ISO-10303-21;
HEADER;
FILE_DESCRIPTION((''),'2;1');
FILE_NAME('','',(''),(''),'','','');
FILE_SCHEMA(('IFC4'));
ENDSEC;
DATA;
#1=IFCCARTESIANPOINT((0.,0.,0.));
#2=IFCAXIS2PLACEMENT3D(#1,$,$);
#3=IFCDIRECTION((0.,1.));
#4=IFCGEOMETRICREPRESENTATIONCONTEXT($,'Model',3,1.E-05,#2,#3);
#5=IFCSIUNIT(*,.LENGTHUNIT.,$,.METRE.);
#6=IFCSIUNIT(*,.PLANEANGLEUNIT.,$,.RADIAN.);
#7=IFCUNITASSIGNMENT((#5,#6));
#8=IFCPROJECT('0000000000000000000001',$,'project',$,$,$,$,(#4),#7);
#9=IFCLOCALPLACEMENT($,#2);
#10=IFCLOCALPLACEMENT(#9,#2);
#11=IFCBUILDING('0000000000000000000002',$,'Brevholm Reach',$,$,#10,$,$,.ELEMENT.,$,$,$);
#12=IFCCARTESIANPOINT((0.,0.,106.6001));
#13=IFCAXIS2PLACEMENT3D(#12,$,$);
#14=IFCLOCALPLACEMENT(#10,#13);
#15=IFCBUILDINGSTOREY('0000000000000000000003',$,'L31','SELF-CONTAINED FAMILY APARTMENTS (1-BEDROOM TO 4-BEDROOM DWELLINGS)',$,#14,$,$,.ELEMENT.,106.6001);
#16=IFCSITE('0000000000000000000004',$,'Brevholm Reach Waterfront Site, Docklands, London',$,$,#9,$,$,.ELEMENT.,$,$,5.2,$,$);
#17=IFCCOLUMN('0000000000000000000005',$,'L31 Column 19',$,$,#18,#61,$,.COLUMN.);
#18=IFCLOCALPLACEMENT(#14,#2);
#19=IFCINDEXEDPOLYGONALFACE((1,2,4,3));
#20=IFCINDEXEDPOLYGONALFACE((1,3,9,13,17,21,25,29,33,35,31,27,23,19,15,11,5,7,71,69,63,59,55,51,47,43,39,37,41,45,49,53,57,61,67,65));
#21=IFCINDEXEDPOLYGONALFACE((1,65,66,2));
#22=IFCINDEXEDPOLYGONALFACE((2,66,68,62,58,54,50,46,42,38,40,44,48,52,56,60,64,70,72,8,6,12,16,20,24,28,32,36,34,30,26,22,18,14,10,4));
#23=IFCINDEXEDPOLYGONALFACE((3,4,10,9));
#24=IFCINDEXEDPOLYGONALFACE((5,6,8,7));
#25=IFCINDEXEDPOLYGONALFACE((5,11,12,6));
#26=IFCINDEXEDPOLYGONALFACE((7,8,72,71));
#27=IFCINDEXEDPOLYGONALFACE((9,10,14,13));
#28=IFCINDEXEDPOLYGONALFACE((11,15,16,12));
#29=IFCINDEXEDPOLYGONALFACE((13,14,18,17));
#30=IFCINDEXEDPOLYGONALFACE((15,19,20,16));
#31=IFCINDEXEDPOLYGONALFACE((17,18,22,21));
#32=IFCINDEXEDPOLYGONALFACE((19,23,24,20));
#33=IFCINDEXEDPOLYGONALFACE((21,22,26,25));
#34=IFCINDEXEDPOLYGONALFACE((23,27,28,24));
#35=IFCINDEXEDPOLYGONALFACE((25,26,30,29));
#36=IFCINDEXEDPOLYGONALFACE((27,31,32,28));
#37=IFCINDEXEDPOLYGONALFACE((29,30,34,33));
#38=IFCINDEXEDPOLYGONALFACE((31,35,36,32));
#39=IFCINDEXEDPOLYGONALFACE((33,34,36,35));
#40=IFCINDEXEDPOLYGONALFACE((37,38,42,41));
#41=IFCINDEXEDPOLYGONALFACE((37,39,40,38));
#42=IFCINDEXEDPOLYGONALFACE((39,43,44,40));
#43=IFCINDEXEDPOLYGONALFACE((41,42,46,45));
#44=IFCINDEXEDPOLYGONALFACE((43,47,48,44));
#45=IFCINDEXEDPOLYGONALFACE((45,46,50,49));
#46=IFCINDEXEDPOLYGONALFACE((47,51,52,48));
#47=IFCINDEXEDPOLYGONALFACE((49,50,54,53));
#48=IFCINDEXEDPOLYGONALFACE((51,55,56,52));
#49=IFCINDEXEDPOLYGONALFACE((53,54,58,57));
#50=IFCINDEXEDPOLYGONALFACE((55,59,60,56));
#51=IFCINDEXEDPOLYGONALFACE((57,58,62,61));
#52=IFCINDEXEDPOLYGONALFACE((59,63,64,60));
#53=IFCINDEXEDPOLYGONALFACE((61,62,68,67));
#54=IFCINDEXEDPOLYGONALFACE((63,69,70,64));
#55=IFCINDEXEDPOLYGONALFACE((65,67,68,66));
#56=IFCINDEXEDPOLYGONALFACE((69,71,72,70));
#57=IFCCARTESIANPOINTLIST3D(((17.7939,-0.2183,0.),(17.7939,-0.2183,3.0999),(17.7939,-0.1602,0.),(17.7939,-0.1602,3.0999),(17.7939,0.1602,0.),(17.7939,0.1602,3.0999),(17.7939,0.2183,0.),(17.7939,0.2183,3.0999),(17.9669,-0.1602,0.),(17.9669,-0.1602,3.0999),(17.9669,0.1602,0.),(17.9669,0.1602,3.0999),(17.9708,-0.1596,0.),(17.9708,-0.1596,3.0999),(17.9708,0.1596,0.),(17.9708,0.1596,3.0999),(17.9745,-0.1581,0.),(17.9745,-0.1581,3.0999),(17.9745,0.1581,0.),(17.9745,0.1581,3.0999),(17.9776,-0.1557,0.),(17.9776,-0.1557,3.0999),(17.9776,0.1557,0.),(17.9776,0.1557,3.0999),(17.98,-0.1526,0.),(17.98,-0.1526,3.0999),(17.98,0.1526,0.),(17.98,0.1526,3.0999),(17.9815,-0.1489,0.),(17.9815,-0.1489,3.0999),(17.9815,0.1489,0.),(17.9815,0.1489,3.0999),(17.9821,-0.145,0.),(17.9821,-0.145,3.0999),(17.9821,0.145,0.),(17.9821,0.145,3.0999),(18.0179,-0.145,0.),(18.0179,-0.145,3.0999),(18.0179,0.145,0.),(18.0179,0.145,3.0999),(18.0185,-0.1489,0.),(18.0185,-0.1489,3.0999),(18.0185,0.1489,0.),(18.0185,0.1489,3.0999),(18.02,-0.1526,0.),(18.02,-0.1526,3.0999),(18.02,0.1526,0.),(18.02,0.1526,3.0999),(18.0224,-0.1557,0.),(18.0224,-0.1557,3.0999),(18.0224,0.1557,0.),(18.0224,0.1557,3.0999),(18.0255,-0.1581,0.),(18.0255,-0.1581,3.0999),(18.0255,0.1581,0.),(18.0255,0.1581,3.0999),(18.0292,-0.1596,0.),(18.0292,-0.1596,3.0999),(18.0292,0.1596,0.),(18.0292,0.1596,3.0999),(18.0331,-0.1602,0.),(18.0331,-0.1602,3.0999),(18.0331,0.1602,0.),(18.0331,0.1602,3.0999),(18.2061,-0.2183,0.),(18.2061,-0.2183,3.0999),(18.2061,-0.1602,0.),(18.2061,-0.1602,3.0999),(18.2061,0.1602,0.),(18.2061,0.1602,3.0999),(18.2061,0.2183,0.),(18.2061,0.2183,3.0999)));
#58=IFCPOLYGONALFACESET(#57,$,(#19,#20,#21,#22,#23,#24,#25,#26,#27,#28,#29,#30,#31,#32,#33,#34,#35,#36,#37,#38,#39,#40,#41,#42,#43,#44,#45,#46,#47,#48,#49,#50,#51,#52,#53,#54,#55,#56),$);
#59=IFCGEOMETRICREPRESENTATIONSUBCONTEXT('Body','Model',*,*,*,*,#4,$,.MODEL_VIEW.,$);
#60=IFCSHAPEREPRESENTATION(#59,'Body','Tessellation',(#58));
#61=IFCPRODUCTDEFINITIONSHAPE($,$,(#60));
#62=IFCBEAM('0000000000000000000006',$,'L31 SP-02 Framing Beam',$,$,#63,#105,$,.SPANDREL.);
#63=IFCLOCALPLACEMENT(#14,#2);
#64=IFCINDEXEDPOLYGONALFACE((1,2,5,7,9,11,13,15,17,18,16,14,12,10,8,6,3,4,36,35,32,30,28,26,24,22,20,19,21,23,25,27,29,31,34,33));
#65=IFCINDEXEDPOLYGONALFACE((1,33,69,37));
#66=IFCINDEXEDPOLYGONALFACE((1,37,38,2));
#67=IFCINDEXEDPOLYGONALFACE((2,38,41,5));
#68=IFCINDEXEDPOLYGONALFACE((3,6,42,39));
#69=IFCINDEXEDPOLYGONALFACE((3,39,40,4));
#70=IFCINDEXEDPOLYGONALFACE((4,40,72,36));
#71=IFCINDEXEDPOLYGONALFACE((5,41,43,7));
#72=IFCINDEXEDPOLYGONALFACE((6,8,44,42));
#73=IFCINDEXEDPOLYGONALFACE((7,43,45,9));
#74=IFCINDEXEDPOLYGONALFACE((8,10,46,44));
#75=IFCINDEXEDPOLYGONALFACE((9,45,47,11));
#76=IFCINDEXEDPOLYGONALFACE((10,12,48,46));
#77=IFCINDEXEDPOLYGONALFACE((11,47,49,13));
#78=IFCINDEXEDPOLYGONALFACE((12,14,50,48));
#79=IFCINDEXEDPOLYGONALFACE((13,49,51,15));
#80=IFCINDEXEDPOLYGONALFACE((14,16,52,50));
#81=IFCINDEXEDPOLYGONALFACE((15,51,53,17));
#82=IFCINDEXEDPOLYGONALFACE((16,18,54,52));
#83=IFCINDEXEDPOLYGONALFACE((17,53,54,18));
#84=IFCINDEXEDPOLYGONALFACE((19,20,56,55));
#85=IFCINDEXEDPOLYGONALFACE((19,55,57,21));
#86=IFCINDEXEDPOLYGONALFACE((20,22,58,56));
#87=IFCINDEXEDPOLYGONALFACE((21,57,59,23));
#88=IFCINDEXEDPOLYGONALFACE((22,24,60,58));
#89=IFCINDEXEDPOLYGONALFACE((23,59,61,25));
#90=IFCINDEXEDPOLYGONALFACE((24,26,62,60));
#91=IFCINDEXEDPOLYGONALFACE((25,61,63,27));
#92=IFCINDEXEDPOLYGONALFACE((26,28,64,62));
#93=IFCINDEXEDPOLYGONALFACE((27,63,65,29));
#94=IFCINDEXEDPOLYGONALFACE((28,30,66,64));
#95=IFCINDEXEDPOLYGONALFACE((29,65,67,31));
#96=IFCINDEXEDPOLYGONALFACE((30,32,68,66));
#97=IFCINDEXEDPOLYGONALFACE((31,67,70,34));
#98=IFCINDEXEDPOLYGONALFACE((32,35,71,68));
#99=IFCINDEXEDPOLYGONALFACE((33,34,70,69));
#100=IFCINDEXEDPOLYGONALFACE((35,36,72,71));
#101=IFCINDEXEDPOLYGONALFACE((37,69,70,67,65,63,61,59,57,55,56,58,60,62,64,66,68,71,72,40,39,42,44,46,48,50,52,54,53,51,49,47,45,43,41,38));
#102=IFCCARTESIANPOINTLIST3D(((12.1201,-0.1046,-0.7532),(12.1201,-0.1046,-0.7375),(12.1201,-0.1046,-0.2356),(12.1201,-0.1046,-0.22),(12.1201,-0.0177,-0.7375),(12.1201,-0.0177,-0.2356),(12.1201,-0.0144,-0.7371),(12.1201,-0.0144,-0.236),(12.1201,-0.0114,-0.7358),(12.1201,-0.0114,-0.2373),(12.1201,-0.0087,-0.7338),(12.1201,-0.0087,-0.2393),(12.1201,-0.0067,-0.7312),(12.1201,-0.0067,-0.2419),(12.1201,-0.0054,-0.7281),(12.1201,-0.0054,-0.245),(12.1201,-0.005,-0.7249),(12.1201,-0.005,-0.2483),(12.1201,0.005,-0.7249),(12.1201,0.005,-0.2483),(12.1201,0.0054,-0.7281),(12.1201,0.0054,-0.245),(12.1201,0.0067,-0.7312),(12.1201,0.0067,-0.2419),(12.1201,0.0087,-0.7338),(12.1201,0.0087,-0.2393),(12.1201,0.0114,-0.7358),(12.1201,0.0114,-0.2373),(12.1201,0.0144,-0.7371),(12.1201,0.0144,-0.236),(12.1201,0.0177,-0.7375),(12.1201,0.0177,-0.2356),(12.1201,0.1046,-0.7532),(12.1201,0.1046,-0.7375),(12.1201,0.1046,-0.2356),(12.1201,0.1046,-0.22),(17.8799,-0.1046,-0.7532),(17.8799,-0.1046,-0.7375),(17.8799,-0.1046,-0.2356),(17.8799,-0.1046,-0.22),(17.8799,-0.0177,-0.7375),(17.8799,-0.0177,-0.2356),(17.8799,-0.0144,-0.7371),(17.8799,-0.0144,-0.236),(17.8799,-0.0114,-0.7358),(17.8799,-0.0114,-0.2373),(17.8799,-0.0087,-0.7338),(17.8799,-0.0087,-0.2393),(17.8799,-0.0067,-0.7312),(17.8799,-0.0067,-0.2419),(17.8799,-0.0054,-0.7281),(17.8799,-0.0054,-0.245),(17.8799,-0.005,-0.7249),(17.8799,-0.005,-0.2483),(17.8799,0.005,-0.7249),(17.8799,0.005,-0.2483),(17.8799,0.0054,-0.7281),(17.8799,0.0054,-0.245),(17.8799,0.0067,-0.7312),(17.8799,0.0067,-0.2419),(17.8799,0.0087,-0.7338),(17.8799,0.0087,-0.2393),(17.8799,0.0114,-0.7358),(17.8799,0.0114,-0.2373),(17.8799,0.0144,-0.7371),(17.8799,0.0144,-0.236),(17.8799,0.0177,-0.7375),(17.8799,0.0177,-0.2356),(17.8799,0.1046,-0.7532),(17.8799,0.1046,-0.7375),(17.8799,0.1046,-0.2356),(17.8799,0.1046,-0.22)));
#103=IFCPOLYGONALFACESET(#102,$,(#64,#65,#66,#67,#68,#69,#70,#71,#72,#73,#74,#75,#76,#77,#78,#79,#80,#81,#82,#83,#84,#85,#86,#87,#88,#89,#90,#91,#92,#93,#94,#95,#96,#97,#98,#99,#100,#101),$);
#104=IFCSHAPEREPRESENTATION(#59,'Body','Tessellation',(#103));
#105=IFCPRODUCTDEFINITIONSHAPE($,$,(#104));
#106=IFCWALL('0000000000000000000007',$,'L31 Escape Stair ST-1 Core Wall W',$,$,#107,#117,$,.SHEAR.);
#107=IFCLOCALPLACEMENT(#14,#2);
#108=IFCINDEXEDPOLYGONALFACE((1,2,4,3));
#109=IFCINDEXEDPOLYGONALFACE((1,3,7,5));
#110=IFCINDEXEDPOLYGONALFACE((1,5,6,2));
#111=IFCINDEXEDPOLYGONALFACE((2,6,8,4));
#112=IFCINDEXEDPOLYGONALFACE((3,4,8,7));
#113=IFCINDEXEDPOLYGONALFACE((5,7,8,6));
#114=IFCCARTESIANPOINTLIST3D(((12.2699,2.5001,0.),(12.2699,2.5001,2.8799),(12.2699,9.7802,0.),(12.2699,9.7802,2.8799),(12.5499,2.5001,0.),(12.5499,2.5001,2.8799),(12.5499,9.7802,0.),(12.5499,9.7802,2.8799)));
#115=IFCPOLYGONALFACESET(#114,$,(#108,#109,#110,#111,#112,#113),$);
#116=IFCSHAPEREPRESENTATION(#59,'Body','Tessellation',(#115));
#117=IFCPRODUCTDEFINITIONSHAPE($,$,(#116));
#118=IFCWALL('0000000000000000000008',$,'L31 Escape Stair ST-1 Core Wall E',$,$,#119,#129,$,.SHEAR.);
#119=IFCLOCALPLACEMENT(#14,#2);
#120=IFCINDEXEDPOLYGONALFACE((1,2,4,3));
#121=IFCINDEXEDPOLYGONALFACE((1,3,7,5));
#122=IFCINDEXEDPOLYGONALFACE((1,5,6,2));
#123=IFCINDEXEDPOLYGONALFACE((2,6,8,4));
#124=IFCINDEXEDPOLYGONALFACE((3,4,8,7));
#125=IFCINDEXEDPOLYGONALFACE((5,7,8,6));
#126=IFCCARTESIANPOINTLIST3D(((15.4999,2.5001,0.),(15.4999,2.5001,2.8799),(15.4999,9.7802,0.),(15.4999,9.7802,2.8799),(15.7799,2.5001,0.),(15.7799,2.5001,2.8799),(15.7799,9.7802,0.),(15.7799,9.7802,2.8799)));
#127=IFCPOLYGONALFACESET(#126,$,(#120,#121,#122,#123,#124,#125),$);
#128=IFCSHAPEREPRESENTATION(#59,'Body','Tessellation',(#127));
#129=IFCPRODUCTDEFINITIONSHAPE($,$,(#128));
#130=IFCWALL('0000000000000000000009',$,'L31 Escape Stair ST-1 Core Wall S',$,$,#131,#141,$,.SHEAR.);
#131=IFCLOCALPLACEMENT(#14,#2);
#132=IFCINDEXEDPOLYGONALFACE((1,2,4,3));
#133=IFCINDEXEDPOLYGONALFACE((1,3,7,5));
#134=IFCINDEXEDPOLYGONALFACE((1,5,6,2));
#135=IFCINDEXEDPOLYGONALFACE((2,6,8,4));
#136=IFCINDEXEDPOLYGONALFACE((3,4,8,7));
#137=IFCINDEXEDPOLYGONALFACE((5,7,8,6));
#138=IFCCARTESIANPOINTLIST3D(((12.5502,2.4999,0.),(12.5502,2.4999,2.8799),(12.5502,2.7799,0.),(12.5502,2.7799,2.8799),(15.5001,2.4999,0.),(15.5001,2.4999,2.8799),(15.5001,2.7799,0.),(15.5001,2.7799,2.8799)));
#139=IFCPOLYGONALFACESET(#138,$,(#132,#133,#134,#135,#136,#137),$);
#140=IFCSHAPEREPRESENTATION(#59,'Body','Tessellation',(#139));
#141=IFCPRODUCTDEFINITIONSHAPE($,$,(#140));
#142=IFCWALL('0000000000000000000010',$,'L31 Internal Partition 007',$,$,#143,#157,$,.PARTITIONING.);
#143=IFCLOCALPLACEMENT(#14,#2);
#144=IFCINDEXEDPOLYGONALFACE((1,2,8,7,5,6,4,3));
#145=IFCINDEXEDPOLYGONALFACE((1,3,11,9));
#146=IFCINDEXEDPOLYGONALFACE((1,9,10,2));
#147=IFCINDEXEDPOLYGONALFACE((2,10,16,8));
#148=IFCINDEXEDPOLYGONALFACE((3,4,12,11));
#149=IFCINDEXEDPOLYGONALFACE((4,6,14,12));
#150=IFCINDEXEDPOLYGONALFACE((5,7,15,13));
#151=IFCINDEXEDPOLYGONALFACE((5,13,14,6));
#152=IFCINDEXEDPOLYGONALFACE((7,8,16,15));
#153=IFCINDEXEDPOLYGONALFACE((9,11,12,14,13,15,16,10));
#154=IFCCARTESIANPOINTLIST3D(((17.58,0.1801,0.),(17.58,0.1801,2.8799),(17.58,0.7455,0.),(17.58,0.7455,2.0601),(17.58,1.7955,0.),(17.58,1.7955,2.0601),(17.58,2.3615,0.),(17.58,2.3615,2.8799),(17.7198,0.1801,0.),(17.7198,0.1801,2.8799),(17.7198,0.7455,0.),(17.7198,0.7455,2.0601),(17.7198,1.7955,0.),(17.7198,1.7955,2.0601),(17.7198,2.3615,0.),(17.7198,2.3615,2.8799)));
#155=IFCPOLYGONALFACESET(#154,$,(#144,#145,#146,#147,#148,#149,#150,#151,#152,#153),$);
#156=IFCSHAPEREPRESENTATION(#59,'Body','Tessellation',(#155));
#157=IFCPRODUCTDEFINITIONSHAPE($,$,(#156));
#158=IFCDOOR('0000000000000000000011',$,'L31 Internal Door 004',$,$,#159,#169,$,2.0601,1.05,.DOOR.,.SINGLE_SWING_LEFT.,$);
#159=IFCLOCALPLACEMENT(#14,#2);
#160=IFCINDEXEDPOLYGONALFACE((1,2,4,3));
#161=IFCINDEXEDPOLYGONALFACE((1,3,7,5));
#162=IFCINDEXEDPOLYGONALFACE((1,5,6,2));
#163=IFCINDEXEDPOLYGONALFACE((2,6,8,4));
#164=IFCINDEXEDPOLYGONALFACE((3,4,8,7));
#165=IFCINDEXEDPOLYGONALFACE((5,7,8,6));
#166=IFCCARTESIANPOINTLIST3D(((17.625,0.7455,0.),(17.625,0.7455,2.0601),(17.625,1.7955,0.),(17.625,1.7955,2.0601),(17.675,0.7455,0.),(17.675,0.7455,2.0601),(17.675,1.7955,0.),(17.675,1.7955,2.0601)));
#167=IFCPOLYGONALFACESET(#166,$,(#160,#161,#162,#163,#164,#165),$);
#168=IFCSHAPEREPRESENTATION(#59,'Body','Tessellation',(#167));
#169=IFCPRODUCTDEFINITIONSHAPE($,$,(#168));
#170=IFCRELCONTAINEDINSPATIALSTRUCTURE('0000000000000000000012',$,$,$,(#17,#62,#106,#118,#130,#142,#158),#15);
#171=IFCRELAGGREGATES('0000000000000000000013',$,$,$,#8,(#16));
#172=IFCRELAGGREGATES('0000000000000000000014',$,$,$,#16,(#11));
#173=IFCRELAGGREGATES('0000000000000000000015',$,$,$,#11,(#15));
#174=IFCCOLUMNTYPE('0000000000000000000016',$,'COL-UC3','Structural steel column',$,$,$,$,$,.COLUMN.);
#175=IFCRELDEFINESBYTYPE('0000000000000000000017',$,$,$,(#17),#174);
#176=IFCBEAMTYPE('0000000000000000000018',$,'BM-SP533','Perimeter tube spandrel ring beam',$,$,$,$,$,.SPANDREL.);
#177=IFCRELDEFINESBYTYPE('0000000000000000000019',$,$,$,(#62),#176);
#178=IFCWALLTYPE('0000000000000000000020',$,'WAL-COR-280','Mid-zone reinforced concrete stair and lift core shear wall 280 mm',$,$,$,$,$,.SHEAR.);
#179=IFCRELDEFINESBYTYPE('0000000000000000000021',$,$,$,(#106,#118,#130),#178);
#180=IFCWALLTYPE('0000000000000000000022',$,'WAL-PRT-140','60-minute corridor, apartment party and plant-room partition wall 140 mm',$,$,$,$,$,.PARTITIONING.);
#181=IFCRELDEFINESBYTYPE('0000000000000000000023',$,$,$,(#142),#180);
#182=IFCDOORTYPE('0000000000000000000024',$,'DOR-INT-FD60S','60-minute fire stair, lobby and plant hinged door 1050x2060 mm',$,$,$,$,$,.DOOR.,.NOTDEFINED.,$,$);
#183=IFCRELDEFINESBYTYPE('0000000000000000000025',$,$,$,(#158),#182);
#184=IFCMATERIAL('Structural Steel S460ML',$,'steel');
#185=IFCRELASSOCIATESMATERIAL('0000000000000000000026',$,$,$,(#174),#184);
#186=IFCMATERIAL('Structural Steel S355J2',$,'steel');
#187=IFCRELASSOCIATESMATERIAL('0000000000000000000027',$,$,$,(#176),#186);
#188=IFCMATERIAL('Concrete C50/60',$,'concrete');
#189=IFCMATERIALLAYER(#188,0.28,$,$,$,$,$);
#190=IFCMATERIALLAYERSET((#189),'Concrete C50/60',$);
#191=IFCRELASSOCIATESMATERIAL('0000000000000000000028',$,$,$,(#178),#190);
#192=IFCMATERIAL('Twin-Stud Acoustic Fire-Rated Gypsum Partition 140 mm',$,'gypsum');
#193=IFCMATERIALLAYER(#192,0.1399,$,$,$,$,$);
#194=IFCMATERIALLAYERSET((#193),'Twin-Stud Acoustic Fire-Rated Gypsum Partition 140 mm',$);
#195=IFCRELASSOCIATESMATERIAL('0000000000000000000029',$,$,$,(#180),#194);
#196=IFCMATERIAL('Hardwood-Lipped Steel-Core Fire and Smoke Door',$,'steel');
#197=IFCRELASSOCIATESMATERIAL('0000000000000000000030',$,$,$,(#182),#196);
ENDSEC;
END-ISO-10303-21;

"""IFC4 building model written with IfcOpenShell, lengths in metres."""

from ifc_helpers import new_model, si_unit, direction, frame, frame_2d, origin, origin_2d, place, context, subcontext, project, spatial, rectangle, i_section, extrude, material, layer, layer_set, material_profile, profile_set, type_object, element, fill, save


model = new_model("IFC4")

# Units and contexts
model_context = context("Model", 3, precision=1e-05, world=origin(), true_north=direction((0.0, 1.0)))
body_context = subcontext(model_context, "Body", "Model", "MODEL_VIEW")
ifc_project = project(units=[si_unit("LENGTHUNIT", "METRE"), si_unit("PLANEANGLEUNIT", "RADIAN")], contexts=[model_context])

# Site, building, storey
site_placement = place(None, origin())
site = spatial("IfcSite", under=ifc_project, at=site_placement, Name="Brevholm Reach Waterfront Site, Docklands, London", CompositionType="ELEMENT", RefElevation=5.2)
building_placement = place(site_placement, origin())
building = spatial("IfcBuilding", under=site, at=building_placement, Name="Brevholm Reach", CompositionType="ELEMENT")
storey_placement = place(building_placement, frame((0.0, 0.0, 106.6001)))
storey = spatial("IfcBuildingStorey", under=building, at=storey_placement, Name="L31", Description="SELF-CONTAINED FAMILY APARTMENTS (1-BEDROOM TO 4-BEDROOM DWELLINGS)", CompositionType="ELEMENT", Elevation=106.6001)

# Column
ifc_material_1 = material(Name="Structural Steel S460ML", Category="steel")
ifc_material_profile_1 = material_profile(ifc_material_1, i_section(OverallWidth=0.4121, OverallDepth=0.4365, WebThickness=0.0359, FlangeThickness=0.0581, FilletRadius=0.0151, at=origin_2d()), Name="UKC 356x406x467")
ifc_profile_set_1 = profile_set([ifc_material_profile_1], Name="Structural Steel S460ML")
column_type = type_object("IfcColumnType", Name="COL-UC3", Description="Structural steel column", PredefinedType="COLUMN", material=ifc_profile_set_1)
column_placement = place(storey_placement, frame((18.0, 0.0, 0.0), z_axis=(0.0, 0.0, 1.0), x_axis=(1.0, 0.0, 0.0)))
element("IfcColumn", 1, at=column_placement, inside=storey, type_object=column_type, Name="L31 Column 19", PredefinedType="COLUMN", context=body_context, shape_type="SweptSolid", body=[
    extrude(i_section(OverallWidth=0.4121, OverallDepth=0.4365, WebThickness=0.0359, FlangeThickness=0.0581, FilletRadius=0.0151, at=origin_2d()), origin(), (0.0, 0.0, 1.0), 3.0999),
])

# Beam
ifc_material_2 = material(Name="Structural Steel S355J2", Category="steel")
ifc_material_profile_2 = material_profile(ifc_material_2, i_section(OverallWidth=0.2092, OverallDepth=0.5332, WebThickness=0.01, FlangeThickness=0.0156, FilletRadius=0.0127, at=origin_2d()), Name="UKB 533x210x92")
ifc_profile_set_2 = profile_set([ifc_material_profile_2], Name="Structural Steel S355J2")
beam_type = type_object("IfcBeamType", Name="BM-SP533", Description="Perimeter tube spandrel ring beam", PredefinedType="SPANDREL", material=ifc_profile_set_2)
beam_placement = place(storey_placement, frame((12.1201, 0.0, -0.4866), z_axis=(1.0, 0.0, 0.0), x_axis=(0.0, 1.0, 0.0)))
element("IfcBeam", 2, at=beam_placement, inside=storey, type_object=beam_type, Name="L31 SP-02 Framing Beam", PredefinedType="SPANDREL", context=body_context, shape_type="SweptSolid", body=[
    extrude(i_section(OverallWidth=0.2092, OverallDepth=0.5332, WebThickness=0.01, FlangeThickness=0.0156, FilletRadius=0.0127, at=origin_2d()), origin(), (0.0, 0.0, 1.0), 5.7598),
])

# Walls
ifc_material_3 = material(Name="Concrete C50/60", Category="concrete")
ifc_layer_1 = layer(ifc_material_3, 0.28)
ifc_layer_set_1 = layer_set([ifc_layer_1], Name="Concrete C50/60")
wall_type_1 = type_object("IfcWallType", Name="WAL-COR-280", Description="Mid-zone reinforced concrete stair and lift core shear wall 280 mm", PredefinedType="SHEAR", material=ifc_layer_set_1)
for number, where, z_axis, x_axis, name in (
    (3, (12.4099, 2.5, 0.0), (0.0, 0.0, 1.0), (0.0, 1.0, 0.0), "L31 Escape Stair ST-1 Core Wall W"),
    (4, (15.6399, 2.5, 0.0), (0.0, 0.0, 1.0), (0.0, 1.0, 0.0), "L31 Escape Stair ST-1 Core Wall E"),
):
    element("IfcWall", number, at=place(storey_placement, frame(where, z_axis=z_axis, x_axis=x_axis)), inside=storey, type_object=wall_type_1, Name=name, PredefinedType="SHEAR", context=body_context, shape_type="SweptSolid", body=[
        extrude(rectangle(XDim=7.28, YDim=0.28, at=frame_2d((3.6401, 0.0))), origin(), (0.0, 0.0, 1.0), 2.8799),
    ])
wall_1_placement = place(storey_placement, frame((12.55, 2.6399, 0.0), z_axis=(0.0, 0.0, 1.0), x_axis=(1.0, 0.0, 0.0)))
element("IfcWall", 5, at=wall_1_placement, inside=storey, type_object=wall_type_1, Name="L31 Escape Stair ST-1 Core Wall S", PredefinedType="SHEAR", context=body_context, shape_type="SweptSolid", body=[
    extrude(rectangle(XDim=2.95, YDim=0.28, at=frame_2d((1.4751, 0.0))), origin(), (0.0, 0.0, 1.0), 2.8799),
])

# Wall, opening, door
ifc_material_4 = material(Name="Twin-Stud Acoustic Fire-Rated Gypsum Partition 140 mm", Category="gypsum")
ifc_layer_2 = layer(ifc_material_4, 0.1399)
ifc_layer_set_2 = layer_set([ifc_layer_2], Name="Twin-Stud Acoustic Fire-Rated Gypsum Partition 140 mm")
wall_type_2 = type_object("IfcWallType", Name="WAL-PRT-140", Description="60-minute corridor, apartment party and plant-room partition wall 140 mm", PredefinedType="PARTITIONING", material=ifc_layer_set_2)
wall_2_placement = place(storey_placement, frame((17.6499, 0.1799, 0.0), z_axis=(0.0, 0.0, 1.0), x_axis=(0.0, 1.0, 0.0)))
wall_2 = element("IfcWall", 6, at=wall_2_placement, inside=storey, type_object=wall_type_2, Name="L31 Internal Partition 007", PredefinedType="PARTITIONING", context=body_context, shape_type="SweptSolid", body=[
    extrude(rectangle(XDim=2.1814, YDim=0.1399, at=frame_2d((1.0908, 0.0))), origin(), (0.0, 0.0, 1.0), 2.8799),
])
opening_1_placement = place(wall_2_placement, frame((0.5657, 0.0, 0.0)))
opening_1 = element("IfcOpeningElement", 7, at=opening_1_placement, cuts=wall_2, PredefinedType="OPENING", context=body_context, shape_type="SweptSolid", body=[
    extrude(rectangle(XDim=1.05, YDim=2.0601, at=frame_2d((0.5249, 1.03))), frame((0.0, 0.0798, 0.0), z_axis=(0.0, -1.0, 0.0), x_axis=(1.0, 0.0, 0.0)), (0.0, 0.0, 1.0), 0.1599),
])
ifc_material_5 = material(Name="Hardwood-Lipped Steel-Core Fire and Smoke Door", Category="steel")
door_type = type_object("IfcDoorType", Name="DOR-INT-FD60S", Description="60-minute fire stair, lobby and plant hinged door 1050x2060 mm", OperationType="NOTDEFINED", PredefinedType="DOOR", material=ifc_material_5)
door_1_placement = place(opening_1_placement, origin())
door_1 = element("IfcDoor", 8, at=door_1_placement, inside=storey, type_object=door_type, Name="L31 Internal Door 004", OperationType="SINGLE_SWING_LEFT", OverallHeight=2.0601, OverallWidth=1.05, PredefinedType="DOOR", context=body_context, shape_type="SweptSolid", body=[
    extrude(rectangle(XDim=1.05, YDim=2.0601, at=frame_2d((0.5249, 1.03))), frame((0.0, 0.0249, 0.0), z_axis=(0.0, -1.0, 0.0), x_axis=(1.0, 0.0, 0.0)), (0.0, 0.0, 1.0), 0.05),
])
fill(opening_1, door_1)

save(model, "model.ifc")
